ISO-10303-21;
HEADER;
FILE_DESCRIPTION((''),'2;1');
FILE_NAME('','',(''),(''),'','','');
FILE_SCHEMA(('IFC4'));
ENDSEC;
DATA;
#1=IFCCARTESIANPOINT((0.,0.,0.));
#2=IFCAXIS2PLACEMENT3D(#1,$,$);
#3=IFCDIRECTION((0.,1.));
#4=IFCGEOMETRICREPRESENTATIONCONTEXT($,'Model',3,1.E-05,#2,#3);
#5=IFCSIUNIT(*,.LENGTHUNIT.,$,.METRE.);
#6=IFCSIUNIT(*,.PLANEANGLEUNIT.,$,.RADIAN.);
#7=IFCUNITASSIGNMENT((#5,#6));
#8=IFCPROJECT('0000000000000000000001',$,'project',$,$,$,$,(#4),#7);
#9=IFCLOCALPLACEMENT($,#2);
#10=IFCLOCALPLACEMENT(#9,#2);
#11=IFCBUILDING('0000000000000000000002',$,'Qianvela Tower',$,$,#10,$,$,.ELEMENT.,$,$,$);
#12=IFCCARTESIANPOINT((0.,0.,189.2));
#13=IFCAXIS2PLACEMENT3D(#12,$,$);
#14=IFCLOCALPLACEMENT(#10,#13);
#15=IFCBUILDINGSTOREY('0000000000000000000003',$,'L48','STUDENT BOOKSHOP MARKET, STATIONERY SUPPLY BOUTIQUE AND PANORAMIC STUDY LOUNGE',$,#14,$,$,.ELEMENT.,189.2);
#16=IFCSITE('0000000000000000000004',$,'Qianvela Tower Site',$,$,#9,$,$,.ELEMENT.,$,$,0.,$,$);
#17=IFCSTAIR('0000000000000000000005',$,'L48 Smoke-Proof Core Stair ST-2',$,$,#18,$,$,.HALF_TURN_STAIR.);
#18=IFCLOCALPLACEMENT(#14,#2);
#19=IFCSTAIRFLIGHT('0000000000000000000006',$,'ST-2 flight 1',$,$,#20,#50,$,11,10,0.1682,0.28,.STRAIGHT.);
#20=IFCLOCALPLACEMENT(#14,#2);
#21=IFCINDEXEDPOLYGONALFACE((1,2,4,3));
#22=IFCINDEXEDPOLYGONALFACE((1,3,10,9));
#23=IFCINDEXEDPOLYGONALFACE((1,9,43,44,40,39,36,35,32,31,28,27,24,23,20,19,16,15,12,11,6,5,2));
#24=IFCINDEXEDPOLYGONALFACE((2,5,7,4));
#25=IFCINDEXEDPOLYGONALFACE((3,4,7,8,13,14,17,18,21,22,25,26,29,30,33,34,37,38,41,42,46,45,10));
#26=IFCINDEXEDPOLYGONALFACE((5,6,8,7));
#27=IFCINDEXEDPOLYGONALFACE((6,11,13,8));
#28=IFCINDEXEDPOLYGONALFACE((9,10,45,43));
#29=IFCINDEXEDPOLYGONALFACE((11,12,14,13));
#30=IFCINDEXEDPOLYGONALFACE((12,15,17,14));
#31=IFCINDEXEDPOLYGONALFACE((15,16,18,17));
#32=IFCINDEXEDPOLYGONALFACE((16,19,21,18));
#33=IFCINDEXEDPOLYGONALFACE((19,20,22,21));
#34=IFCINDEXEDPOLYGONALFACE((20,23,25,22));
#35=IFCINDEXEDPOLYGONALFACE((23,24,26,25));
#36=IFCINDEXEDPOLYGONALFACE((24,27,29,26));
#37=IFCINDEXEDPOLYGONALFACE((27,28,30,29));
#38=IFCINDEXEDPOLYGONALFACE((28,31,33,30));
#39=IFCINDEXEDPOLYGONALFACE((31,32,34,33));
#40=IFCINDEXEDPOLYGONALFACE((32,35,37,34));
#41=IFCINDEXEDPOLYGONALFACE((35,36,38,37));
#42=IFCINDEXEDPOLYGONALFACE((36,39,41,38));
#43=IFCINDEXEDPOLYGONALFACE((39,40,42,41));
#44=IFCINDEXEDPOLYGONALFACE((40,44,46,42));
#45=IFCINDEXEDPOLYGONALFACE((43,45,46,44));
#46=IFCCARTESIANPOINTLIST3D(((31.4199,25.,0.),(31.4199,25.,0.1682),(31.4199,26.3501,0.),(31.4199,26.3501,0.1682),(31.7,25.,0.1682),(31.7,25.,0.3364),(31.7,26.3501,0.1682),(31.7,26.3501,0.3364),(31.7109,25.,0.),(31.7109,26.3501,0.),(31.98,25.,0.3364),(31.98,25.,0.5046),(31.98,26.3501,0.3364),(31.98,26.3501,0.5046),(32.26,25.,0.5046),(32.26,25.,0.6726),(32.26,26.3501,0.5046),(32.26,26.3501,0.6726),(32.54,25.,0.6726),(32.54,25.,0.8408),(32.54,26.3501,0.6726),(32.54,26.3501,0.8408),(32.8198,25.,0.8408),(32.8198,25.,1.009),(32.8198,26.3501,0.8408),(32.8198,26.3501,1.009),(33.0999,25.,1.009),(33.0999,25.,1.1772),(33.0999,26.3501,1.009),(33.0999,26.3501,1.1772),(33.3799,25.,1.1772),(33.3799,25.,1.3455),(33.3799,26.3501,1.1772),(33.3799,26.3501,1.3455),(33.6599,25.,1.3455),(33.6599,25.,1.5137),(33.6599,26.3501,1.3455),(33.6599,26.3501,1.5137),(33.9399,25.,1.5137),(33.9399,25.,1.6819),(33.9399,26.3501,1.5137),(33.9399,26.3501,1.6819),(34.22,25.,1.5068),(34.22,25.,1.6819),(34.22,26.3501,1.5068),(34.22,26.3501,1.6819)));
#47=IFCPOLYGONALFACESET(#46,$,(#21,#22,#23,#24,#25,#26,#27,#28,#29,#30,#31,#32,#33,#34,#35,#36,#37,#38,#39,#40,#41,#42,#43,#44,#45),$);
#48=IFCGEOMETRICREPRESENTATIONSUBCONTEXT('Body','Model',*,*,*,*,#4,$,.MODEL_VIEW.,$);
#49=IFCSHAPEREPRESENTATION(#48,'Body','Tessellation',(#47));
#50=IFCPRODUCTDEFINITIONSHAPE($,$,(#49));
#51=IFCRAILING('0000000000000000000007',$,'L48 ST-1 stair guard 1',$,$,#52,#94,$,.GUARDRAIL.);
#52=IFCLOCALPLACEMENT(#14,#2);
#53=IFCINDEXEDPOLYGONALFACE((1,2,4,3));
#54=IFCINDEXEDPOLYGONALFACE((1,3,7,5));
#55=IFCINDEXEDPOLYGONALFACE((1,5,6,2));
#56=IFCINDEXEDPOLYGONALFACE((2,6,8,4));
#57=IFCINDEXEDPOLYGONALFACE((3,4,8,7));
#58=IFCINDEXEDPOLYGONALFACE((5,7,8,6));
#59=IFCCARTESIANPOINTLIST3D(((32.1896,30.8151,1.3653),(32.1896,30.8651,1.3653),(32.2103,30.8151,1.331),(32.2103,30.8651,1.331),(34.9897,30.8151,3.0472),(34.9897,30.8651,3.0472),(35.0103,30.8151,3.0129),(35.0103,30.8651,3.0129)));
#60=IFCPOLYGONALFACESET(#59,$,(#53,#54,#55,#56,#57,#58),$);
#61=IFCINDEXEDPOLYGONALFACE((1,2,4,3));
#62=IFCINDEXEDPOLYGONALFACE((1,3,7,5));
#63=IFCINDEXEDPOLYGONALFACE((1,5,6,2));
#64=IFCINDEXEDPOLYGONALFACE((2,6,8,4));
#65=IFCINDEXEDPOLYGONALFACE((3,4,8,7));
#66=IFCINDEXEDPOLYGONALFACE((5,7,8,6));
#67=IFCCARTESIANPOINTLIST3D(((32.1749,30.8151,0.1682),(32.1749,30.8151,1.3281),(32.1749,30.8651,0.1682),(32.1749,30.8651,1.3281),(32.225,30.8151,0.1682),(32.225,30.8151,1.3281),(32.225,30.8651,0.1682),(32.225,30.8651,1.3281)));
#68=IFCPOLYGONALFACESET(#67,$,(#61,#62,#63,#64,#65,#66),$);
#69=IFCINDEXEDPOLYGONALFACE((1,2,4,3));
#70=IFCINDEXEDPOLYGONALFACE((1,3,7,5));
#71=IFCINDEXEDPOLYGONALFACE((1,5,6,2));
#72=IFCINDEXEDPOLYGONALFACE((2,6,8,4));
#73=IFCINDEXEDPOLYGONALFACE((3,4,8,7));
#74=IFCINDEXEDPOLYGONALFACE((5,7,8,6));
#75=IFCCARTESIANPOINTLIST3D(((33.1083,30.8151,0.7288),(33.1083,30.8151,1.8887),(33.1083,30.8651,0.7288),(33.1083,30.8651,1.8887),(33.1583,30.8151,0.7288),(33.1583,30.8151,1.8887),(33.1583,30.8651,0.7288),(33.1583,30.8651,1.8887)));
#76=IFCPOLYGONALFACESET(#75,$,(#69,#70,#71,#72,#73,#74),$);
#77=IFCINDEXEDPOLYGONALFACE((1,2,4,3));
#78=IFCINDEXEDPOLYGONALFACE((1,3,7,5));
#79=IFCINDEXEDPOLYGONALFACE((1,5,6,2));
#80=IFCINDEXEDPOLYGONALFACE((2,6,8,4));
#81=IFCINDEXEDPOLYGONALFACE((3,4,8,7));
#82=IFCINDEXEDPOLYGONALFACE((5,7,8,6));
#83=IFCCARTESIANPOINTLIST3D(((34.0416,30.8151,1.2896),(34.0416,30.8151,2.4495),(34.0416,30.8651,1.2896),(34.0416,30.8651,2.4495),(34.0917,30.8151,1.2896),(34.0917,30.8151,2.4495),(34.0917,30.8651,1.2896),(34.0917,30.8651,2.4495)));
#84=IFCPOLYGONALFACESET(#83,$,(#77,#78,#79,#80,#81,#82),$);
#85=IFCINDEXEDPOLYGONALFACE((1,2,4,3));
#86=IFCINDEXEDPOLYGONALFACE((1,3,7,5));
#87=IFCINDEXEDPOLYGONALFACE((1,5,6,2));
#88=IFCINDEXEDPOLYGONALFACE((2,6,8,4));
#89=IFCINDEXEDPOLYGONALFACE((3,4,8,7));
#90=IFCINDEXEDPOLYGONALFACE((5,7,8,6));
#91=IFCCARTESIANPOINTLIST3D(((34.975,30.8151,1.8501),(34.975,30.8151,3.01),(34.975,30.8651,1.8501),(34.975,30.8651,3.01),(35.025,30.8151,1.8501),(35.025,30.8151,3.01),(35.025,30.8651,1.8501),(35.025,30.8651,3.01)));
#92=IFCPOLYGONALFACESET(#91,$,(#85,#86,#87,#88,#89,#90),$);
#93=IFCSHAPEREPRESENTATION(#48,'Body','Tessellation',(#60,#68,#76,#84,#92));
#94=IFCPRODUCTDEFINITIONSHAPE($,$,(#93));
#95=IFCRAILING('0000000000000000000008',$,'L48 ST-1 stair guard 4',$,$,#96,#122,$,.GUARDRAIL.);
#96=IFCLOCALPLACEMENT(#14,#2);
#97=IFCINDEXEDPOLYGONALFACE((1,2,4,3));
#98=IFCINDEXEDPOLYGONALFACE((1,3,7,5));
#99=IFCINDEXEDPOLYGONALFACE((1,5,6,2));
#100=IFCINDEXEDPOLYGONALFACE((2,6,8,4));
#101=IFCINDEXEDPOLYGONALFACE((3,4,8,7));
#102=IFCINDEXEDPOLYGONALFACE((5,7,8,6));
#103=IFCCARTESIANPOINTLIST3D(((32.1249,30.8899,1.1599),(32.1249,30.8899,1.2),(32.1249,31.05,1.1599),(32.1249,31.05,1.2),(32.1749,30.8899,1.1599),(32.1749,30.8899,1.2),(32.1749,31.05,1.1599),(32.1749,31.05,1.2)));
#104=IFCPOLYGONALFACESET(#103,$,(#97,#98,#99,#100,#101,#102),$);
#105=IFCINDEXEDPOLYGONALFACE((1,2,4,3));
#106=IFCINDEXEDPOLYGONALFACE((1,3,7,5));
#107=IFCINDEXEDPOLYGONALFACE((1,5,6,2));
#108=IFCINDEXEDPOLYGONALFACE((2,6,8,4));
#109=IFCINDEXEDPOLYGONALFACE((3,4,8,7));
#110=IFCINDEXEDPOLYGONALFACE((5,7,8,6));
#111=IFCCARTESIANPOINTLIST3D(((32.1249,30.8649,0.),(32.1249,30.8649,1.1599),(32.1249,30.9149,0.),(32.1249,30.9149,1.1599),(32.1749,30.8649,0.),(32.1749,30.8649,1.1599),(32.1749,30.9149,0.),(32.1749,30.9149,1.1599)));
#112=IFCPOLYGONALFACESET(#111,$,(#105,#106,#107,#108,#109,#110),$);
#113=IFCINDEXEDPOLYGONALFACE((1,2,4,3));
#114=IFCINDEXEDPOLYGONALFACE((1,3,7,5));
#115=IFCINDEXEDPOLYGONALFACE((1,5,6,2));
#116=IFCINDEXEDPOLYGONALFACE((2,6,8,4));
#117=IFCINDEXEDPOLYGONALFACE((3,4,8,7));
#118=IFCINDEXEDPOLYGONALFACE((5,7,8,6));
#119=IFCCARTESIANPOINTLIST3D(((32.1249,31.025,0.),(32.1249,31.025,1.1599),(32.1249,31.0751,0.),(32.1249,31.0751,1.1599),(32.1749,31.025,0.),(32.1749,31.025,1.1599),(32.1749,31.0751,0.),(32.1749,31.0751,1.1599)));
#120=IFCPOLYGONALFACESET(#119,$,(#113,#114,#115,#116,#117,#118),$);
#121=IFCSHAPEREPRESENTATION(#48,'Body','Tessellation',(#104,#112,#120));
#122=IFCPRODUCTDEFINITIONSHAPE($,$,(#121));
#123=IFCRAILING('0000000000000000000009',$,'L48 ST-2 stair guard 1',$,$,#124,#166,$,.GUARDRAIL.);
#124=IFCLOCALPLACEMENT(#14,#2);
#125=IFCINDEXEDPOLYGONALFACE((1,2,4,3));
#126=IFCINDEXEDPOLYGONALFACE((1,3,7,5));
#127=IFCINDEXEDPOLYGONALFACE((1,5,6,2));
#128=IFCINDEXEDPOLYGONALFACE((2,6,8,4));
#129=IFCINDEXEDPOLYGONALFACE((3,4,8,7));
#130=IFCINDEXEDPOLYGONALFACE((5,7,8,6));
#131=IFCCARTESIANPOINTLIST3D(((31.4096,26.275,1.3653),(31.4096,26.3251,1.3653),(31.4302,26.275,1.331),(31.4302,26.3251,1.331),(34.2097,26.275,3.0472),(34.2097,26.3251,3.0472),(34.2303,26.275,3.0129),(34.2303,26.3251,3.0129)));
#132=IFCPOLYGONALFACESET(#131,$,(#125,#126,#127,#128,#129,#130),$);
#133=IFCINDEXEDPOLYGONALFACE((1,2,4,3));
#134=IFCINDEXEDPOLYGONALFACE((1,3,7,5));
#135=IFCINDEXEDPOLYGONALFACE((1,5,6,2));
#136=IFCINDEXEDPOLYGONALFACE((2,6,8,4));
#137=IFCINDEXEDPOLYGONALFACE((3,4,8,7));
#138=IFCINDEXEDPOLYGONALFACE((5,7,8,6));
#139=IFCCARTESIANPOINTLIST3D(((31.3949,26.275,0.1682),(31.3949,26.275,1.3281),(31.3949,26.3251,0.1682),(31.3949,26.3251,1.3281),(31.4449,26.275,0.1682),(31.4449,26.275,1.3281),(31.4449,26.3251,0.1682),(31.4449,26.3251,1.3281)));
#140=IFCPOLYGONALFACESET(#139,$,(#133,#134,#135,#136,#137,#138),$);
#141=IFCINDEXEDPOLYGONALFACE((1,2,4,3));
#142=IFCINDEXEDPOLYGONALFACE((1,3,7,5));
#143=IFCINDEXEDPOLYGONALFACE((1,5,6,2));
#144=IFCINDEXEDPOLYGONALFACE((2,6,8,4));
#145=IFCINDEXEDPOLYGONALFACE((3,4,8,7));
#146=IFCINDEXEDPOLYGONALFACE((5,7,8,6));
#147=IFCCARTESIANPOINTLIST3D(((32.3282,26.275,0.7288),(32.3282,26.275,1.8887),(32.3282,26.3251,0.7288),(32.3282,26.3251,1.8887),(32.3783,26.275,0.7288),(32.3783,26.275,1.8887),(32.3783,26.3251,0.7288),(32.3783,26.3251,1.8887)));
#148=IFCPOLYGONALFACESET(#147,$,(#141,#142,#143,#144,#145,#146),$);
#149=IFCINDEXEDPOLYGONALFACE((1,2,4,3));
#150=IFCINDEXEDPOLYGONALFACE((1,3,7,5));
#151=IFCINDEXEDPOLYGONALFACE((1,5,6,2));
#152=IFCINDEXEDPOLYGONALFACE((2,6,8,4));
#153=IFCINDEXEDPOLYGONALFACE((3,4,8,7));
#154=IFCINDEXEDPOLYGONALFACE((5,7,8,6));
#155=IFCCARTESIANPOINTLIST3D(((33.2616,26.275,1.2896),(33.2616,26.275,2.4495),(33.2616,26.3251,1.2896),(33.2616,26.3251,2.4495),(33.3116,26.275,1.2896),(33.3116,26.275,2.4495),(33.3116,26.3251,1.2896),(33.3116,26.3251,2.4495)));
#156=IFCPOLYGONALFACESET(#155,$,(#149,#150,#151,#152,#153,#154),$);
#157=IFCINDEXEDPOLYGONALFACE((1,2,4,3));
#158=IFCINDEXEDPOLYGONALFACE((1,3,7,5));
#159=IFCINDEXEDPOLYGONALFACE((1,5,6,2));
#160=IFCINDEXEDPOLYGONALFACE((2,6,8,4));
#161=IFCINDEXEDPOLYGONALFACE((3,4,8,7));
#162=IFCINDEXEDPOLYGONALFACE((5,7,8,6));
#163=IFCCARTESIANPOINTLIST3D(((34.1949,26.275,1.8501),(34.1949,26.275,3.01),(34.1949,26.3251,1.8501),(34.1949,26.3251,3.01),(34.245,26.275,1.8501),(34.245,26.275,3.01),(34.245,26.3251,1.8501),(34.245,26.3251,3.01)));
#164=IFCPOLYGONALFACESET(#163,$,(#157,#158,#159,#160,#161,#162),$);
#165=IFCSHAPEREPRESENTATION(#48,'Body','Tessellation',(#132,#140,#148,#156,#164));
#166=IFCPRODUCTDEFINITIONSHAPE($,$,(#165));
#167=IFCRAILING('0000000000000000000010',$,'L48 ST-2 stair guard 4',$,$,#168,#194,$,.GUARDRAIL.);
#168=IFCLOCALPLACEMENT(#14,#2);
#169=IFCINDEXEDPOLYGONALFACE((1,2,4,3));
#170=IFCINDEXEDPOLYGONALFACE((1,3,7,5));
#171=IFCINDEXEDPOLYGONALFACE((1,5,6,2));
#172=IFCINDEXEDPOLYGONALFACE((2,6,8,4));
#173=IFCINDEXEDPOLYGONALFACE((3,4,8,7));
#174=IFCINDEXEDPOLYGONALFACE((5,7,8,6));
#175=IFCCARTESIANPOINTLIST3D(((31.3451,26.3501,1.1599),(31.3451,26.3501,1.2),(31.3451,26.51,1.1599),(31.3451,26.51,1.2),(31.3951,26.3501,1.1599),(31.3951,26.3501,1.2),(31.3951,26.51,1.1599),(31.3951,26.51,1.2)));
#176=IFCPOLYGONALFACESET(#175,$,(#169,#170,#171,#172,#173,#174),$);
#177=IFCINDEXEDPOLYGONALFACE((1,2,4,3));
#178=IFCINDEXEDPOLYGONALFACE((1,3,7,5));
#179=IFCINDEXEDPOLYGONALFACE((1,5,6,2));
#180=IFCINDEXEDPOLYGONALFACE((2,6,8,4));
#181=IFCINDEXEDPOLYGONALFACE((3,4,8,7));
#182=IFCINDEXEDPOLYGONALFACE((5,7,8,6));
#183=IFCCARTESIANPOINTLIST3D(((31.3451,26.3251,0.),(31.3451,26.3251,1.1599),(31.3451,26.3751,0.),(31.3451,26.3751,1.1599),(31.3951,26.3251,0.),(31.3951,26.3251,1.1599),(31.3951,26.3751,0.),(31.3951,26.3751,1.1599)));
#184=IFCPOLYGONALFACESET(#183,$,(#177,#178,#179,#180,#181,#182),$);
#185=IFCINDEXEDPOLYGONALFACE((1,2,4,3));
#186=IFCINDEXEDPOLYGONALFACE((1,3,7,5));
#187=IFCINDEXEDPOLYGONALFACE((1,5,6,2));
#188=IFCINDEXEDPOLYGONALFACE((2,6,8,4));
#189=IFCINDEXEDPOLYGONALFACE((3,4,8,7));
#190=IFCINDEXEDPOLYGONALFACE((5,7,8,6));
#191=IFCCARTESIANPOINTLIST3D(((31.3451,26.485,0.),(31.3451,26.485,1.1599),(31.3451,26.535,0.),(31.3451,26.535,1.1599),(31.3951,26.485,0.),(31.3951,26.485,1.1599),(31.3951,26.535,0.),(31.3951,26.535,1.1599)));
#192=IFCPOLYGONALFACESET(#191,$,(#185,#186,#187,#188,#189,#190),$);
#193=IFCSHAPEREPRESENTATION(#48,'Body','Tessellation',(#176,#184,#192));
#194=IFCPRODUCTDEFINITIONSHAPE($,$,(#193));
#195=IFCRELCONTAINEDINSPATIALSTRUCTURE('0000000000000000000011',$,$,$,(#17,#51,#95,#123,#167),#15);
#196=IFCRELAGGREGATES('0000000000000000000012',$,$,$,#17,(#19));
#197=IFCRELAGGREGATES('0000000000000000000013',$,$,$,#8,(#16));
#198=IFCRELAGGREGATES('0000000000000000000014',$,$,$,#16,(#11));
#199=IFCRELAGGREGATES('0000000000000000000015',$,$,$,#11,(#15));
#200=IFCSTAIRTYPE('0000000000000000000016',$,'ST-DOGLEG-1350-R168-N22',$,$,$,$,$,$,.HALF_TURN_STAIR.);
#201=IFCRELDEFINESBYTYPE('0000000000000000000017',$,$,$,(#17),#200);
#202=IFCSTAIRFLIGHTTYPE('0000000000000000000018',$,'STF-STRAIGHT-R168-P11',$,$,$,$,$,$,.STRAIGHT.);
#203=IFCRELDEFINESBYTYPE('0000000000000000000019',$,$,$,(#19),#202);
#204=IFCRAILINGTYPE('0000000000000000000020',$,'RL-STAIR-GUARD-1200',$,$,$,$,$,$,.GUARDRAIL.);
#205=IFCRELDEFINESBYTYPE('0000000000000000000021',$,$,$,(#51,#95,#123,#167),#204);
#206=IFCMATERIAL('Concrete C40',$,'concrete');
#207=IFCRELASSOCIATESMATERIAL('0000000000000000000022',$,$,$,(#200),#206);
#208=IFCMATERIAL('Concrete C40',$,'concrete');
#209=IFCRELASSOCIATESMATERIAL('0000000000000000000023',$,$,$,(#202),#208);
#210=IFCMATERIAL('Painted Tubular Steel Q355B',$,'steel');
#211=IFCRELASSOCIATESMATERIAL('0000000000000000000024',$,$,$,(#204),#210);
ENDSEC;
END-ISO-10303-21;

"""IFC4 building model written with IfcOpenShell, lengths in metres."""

from ifc_helpers import new_model, si_unit, direction, frame, origin, origin_2d, place, context, subcontext, project, spatial, polyline, rectangle, outline, extrude, material, type_object, element, aggregate, save


model = new_model("IFC4")

# Units and contexts
model_context = context("Model", 3, precision=1e-05, world=origin(), true_north=direction((0.0, 1.0)))
body_context = subcontext(model_context, "Body", "Model", "MODEL_VIEW")
ifc_project = project(units=[si_unit("LENGTHUNIT", "METRE"), si_unit("PLANEANGLEUNIT", "RADIAN")], contexts=[model_context])

# Site, building, storey
site_placement = place(None, origin())
site = spatial("IfcSite", under=ifc_project, at=site_placement, Name="Qianvela Tower Site", CompositionType="ELEMENT", RefElevation=0.0)
building_placement = place(site_placement, origin())
building = spatial("IfcBuilding", under=site, at=building_placement, Name="Qianvela Tower", CompositionType="ELEMENT")
storey_placement = place(building_placement, frame((0.0, 0.0, 189.2)))
storey = spatial("IfcBuildingStorey", under=building, at=storey_placement, Name="L48", Description="STUDENT BOOKSHOP MARKET, STATIONERY SUPPLY BOUTIQUE AND PANORAMIC STUDY LOUNGE", CompositionType="ELEMENT", Elevation=189.2)

# Stair, stair flight
ifc_material_1 = material(Name="Concrete C40", Category="concrete")
stair_type = type_object("IfcStairType", Name="ST-DOGLEG-1350-R168-N22", PredefinedType="HALF_TURN_STAIR", material=ifc_material_1)
ifc_material_2 = material(Name="Concrete C40", Category="concrete")
stair_flight_type = type_object("IfcStairFlightType", Name="STF-STRAIGHT-R168-P11", PredefinedType="STRAIGHT", material=ifc_material_2)
stair_1_placement = place(storey_placement, origin())
stair_1 = element("IfcStair", 1, at=stair_1_placement, inside=storey, type_object=stair_type, Name="L48 Smoke-Proof Core Stair ST-2", PredefinedType="HALF_TURN_STAIR")
stair_flight_1_placement = place(storey_placement, frame((31.4199, 25.675, 0.0), z_axis=(0.0, 0.0, 1.0), x_axis=(1.0, 0.0, 0.0)))
stair_flight_1 = element("IfcStairFlight", 2, at=stair_flight_1_placement, type_object=stair_flight_type, Name="ST-2 flight 1", NumberOfRisers=11, NumberOfTreads=10, PredefinedType="STRAIGHT", RiserHeight=0.1682, TreadLength=0.28, context=body_context, shape_type="SweptSolid", body=[
    extrude(outline(polyline([(0.0, 0.0), (0.0, 0.1682), (0.28, 0.1682), (0.28, 0.3364), (0.5601, 0.3364), (0.5601, 0.5046), (0.8401, 0.5046), (0.8401, 0.6726), (1.1201, 0.6726), (1.1201, 0.8408), (1.3999, 0.8408), (1.3999, 1.009), (1.6799, 1.009), (1.6799, 1.1772), (1.96, 1.1772), (1.96, 1.3455), (2.24, 1.3455), (2.24, 1.5137), (2.52, 1.5137), (2.52, 1.6819), (2.8, 1.6819), (2.8, 1.8501), (2.8, 1.5068), (0.291, 0.0), (0.0, 0.0)])), frame((0.0, 0.675, 0.0), z_axis=(0.0, -1.0, 0.0), x_axis=(1.0, 0.0, 0.0)), (0.0, 0.0, 1.0), 1.3501),
])
aggregate(stair_1, [stair_flight_1])

# Railings
ifc_material_3 = material(Name="Painted Tubular Steel Q355B", Category="steel")
railing_type_1 = type_object("IfcRailingType", Name="RL-STAIR-GUARD-1200", PredefinedType="GUARDRAIL", material=ifc_material_3)
railing_1_placement = place(storey_placement, frame((32.2, 30.8401, 0.1682)))
element("IfcRailing", 3, at=railing_1_placement, inside=storey, type_object=railing_type_1, Name="L48 ST-1 stair guard 1", PredefinedType="GUARDRAIL", context=body_context, shape_type="SweptSolid", body=[
    extrude(rectangle(XDim=0.05, YDim=0.04, at=origin_2d()), frame((0.0, 0.0, 1.1799), z_axis=(0.857242, 0.0, 0.514913), x_axis=(0.0, 1.0, 0.0)), (0.0, 0.0, 1.0), 3.2664),
    extrude(rectangle(XDim=0.05, YDim=0.05, at=origin_2d()), origin(), (0.0, 0.0, 1.0), 1.1599),
    extrude(rectangle(XDim=0.05, YDim=0.05, at=origin_2d()), frame((0.9333, 0.0, 0.5605)), (0.0, 0.0, 1.0), 1.1599),
    extrude(rectangle(XDim=0.05, YDim=0.05, at=origin_2d()), frame((1.8667, 0.0, 1.1213)), (0.0, 0.0, 1.0), 1.1599),
    extrude(rectangle(XDim=0.05, YDim=0.05, at=origin_2d()), frame((2.8, 0.0, 1.6819)), (0.0, 0.0, 1.0), 1.1599),
])
railing_2_placement = place(storey_placement, frame((32.1499, 30.8899, 0.0)))
element("IfcRailing", 4, at=railing_2_placement, inside=storey, type_object=railing_type_1, Name="L48 ST-1 stair guard 4", PredefinedType="GUARDRAIL", context=body_context, shape_type="SweptSolid", body=[
    extrude(rectangle(XDim=0.05, YDim=0.04, at=origin_2d()), frame((0.0, 0.0, 1.1799), z_axis=(0.0, 1.0, 0.0), x_axis=(-1.0, 0.0, 0.0)), (0.0, 0.0, 1.0), 0.1602),
    extrude(rectangle(XDim=0.05, YDim=0.05, at=origin_2d()), origin(), (0.0, 0.0, 1.0), 1.1599),
    extrude(rectangle(XDim=0.05, YDim=0.05, at=origin_2d()), frame((0.0, 0.1602, 0.0)), (0.0, 0.0, 1.0), 1.1599),
])
railing_3_placement = place(storey_placement, frame((31.4199, 26.3, 0.1682)))
element("IfcRailing", 5, at=railing_3_placement, inside=storey, type_object=railing_type_1, Name="L48 ST-2 stair guard 1", PredefinedType="GUARDRAIL", context=body_context, shape_type="SweptSolid", body=[
    extrude(rectangle(XDim=0.05, YDim=0.04, at=origin_2d()), frame((0.0, 0.0, 1.1799), z_axis=(0.857242, 0.0, 0.514913), x_axis=(0.0, 1.0, 0.0)), (0.0, 0.0, 1.0), 3.2664),
    extrude(rectangle(XDim=0.05, YDim=0.05, at=origin_2d()), origin(), (0.0, 0.0, 1.0), 1.1599),
    extrude(rectangle(XDim=0.05, YDim=0.05, at=origin_2d()), frame((0.9333, 0.0, 0.5605)), (0.0, 0.0, 1.0), 1.1599),
    extrude(rectangle(XDim=0.05, YDim=0.05, at=origin_2d()), frame((1.8667, 0.0, 1.1213)), (0.0, 0.0, 1.0), 1.1599),
    extrude(rectangle(XDim=0.05, YDim=0.05, at=origin_2d()), frame((2.8, 0.0, 1.6819)), (0.0, 0.0, 1.0), 1.1599),
])
railing_4_placement = place(storey_placement, frame((31.3701, 26.3501, 0.0)))
element("IfcRailing", 6, at=railing_4_placement, inside=storey, type_object=railing_type_1, Name="L48 ST-2 stair guard 4", PredefinedType="GUARDRAIL", context=body_context, shape_type="SweptSolid", body=[
    extrude(rectangle(XDim=0.05, YDim=0.04, at=origin_2d()), frame((0.0, 0.0, 1.1799), z_axis=(0.0, 1.0, 0.0), x_axis=(-1.0, 0.0, 0.0)), (0.0, 0.0, 1.0), 0.1599),
    extrude(rectangle(XDim=0.05, YDim=0.05, at=origin_2d()), origin(), (0.0, 0.0, 1.0), 1.1599),
    extrude(rectangle(XDim=0.05, YDim=0.05, at=origin_2d()), frame((0.0, 0.1599, 0.0)), (0.0, 0.0, 1.0), 1.1599),
])

save(model, "model.ifc")
